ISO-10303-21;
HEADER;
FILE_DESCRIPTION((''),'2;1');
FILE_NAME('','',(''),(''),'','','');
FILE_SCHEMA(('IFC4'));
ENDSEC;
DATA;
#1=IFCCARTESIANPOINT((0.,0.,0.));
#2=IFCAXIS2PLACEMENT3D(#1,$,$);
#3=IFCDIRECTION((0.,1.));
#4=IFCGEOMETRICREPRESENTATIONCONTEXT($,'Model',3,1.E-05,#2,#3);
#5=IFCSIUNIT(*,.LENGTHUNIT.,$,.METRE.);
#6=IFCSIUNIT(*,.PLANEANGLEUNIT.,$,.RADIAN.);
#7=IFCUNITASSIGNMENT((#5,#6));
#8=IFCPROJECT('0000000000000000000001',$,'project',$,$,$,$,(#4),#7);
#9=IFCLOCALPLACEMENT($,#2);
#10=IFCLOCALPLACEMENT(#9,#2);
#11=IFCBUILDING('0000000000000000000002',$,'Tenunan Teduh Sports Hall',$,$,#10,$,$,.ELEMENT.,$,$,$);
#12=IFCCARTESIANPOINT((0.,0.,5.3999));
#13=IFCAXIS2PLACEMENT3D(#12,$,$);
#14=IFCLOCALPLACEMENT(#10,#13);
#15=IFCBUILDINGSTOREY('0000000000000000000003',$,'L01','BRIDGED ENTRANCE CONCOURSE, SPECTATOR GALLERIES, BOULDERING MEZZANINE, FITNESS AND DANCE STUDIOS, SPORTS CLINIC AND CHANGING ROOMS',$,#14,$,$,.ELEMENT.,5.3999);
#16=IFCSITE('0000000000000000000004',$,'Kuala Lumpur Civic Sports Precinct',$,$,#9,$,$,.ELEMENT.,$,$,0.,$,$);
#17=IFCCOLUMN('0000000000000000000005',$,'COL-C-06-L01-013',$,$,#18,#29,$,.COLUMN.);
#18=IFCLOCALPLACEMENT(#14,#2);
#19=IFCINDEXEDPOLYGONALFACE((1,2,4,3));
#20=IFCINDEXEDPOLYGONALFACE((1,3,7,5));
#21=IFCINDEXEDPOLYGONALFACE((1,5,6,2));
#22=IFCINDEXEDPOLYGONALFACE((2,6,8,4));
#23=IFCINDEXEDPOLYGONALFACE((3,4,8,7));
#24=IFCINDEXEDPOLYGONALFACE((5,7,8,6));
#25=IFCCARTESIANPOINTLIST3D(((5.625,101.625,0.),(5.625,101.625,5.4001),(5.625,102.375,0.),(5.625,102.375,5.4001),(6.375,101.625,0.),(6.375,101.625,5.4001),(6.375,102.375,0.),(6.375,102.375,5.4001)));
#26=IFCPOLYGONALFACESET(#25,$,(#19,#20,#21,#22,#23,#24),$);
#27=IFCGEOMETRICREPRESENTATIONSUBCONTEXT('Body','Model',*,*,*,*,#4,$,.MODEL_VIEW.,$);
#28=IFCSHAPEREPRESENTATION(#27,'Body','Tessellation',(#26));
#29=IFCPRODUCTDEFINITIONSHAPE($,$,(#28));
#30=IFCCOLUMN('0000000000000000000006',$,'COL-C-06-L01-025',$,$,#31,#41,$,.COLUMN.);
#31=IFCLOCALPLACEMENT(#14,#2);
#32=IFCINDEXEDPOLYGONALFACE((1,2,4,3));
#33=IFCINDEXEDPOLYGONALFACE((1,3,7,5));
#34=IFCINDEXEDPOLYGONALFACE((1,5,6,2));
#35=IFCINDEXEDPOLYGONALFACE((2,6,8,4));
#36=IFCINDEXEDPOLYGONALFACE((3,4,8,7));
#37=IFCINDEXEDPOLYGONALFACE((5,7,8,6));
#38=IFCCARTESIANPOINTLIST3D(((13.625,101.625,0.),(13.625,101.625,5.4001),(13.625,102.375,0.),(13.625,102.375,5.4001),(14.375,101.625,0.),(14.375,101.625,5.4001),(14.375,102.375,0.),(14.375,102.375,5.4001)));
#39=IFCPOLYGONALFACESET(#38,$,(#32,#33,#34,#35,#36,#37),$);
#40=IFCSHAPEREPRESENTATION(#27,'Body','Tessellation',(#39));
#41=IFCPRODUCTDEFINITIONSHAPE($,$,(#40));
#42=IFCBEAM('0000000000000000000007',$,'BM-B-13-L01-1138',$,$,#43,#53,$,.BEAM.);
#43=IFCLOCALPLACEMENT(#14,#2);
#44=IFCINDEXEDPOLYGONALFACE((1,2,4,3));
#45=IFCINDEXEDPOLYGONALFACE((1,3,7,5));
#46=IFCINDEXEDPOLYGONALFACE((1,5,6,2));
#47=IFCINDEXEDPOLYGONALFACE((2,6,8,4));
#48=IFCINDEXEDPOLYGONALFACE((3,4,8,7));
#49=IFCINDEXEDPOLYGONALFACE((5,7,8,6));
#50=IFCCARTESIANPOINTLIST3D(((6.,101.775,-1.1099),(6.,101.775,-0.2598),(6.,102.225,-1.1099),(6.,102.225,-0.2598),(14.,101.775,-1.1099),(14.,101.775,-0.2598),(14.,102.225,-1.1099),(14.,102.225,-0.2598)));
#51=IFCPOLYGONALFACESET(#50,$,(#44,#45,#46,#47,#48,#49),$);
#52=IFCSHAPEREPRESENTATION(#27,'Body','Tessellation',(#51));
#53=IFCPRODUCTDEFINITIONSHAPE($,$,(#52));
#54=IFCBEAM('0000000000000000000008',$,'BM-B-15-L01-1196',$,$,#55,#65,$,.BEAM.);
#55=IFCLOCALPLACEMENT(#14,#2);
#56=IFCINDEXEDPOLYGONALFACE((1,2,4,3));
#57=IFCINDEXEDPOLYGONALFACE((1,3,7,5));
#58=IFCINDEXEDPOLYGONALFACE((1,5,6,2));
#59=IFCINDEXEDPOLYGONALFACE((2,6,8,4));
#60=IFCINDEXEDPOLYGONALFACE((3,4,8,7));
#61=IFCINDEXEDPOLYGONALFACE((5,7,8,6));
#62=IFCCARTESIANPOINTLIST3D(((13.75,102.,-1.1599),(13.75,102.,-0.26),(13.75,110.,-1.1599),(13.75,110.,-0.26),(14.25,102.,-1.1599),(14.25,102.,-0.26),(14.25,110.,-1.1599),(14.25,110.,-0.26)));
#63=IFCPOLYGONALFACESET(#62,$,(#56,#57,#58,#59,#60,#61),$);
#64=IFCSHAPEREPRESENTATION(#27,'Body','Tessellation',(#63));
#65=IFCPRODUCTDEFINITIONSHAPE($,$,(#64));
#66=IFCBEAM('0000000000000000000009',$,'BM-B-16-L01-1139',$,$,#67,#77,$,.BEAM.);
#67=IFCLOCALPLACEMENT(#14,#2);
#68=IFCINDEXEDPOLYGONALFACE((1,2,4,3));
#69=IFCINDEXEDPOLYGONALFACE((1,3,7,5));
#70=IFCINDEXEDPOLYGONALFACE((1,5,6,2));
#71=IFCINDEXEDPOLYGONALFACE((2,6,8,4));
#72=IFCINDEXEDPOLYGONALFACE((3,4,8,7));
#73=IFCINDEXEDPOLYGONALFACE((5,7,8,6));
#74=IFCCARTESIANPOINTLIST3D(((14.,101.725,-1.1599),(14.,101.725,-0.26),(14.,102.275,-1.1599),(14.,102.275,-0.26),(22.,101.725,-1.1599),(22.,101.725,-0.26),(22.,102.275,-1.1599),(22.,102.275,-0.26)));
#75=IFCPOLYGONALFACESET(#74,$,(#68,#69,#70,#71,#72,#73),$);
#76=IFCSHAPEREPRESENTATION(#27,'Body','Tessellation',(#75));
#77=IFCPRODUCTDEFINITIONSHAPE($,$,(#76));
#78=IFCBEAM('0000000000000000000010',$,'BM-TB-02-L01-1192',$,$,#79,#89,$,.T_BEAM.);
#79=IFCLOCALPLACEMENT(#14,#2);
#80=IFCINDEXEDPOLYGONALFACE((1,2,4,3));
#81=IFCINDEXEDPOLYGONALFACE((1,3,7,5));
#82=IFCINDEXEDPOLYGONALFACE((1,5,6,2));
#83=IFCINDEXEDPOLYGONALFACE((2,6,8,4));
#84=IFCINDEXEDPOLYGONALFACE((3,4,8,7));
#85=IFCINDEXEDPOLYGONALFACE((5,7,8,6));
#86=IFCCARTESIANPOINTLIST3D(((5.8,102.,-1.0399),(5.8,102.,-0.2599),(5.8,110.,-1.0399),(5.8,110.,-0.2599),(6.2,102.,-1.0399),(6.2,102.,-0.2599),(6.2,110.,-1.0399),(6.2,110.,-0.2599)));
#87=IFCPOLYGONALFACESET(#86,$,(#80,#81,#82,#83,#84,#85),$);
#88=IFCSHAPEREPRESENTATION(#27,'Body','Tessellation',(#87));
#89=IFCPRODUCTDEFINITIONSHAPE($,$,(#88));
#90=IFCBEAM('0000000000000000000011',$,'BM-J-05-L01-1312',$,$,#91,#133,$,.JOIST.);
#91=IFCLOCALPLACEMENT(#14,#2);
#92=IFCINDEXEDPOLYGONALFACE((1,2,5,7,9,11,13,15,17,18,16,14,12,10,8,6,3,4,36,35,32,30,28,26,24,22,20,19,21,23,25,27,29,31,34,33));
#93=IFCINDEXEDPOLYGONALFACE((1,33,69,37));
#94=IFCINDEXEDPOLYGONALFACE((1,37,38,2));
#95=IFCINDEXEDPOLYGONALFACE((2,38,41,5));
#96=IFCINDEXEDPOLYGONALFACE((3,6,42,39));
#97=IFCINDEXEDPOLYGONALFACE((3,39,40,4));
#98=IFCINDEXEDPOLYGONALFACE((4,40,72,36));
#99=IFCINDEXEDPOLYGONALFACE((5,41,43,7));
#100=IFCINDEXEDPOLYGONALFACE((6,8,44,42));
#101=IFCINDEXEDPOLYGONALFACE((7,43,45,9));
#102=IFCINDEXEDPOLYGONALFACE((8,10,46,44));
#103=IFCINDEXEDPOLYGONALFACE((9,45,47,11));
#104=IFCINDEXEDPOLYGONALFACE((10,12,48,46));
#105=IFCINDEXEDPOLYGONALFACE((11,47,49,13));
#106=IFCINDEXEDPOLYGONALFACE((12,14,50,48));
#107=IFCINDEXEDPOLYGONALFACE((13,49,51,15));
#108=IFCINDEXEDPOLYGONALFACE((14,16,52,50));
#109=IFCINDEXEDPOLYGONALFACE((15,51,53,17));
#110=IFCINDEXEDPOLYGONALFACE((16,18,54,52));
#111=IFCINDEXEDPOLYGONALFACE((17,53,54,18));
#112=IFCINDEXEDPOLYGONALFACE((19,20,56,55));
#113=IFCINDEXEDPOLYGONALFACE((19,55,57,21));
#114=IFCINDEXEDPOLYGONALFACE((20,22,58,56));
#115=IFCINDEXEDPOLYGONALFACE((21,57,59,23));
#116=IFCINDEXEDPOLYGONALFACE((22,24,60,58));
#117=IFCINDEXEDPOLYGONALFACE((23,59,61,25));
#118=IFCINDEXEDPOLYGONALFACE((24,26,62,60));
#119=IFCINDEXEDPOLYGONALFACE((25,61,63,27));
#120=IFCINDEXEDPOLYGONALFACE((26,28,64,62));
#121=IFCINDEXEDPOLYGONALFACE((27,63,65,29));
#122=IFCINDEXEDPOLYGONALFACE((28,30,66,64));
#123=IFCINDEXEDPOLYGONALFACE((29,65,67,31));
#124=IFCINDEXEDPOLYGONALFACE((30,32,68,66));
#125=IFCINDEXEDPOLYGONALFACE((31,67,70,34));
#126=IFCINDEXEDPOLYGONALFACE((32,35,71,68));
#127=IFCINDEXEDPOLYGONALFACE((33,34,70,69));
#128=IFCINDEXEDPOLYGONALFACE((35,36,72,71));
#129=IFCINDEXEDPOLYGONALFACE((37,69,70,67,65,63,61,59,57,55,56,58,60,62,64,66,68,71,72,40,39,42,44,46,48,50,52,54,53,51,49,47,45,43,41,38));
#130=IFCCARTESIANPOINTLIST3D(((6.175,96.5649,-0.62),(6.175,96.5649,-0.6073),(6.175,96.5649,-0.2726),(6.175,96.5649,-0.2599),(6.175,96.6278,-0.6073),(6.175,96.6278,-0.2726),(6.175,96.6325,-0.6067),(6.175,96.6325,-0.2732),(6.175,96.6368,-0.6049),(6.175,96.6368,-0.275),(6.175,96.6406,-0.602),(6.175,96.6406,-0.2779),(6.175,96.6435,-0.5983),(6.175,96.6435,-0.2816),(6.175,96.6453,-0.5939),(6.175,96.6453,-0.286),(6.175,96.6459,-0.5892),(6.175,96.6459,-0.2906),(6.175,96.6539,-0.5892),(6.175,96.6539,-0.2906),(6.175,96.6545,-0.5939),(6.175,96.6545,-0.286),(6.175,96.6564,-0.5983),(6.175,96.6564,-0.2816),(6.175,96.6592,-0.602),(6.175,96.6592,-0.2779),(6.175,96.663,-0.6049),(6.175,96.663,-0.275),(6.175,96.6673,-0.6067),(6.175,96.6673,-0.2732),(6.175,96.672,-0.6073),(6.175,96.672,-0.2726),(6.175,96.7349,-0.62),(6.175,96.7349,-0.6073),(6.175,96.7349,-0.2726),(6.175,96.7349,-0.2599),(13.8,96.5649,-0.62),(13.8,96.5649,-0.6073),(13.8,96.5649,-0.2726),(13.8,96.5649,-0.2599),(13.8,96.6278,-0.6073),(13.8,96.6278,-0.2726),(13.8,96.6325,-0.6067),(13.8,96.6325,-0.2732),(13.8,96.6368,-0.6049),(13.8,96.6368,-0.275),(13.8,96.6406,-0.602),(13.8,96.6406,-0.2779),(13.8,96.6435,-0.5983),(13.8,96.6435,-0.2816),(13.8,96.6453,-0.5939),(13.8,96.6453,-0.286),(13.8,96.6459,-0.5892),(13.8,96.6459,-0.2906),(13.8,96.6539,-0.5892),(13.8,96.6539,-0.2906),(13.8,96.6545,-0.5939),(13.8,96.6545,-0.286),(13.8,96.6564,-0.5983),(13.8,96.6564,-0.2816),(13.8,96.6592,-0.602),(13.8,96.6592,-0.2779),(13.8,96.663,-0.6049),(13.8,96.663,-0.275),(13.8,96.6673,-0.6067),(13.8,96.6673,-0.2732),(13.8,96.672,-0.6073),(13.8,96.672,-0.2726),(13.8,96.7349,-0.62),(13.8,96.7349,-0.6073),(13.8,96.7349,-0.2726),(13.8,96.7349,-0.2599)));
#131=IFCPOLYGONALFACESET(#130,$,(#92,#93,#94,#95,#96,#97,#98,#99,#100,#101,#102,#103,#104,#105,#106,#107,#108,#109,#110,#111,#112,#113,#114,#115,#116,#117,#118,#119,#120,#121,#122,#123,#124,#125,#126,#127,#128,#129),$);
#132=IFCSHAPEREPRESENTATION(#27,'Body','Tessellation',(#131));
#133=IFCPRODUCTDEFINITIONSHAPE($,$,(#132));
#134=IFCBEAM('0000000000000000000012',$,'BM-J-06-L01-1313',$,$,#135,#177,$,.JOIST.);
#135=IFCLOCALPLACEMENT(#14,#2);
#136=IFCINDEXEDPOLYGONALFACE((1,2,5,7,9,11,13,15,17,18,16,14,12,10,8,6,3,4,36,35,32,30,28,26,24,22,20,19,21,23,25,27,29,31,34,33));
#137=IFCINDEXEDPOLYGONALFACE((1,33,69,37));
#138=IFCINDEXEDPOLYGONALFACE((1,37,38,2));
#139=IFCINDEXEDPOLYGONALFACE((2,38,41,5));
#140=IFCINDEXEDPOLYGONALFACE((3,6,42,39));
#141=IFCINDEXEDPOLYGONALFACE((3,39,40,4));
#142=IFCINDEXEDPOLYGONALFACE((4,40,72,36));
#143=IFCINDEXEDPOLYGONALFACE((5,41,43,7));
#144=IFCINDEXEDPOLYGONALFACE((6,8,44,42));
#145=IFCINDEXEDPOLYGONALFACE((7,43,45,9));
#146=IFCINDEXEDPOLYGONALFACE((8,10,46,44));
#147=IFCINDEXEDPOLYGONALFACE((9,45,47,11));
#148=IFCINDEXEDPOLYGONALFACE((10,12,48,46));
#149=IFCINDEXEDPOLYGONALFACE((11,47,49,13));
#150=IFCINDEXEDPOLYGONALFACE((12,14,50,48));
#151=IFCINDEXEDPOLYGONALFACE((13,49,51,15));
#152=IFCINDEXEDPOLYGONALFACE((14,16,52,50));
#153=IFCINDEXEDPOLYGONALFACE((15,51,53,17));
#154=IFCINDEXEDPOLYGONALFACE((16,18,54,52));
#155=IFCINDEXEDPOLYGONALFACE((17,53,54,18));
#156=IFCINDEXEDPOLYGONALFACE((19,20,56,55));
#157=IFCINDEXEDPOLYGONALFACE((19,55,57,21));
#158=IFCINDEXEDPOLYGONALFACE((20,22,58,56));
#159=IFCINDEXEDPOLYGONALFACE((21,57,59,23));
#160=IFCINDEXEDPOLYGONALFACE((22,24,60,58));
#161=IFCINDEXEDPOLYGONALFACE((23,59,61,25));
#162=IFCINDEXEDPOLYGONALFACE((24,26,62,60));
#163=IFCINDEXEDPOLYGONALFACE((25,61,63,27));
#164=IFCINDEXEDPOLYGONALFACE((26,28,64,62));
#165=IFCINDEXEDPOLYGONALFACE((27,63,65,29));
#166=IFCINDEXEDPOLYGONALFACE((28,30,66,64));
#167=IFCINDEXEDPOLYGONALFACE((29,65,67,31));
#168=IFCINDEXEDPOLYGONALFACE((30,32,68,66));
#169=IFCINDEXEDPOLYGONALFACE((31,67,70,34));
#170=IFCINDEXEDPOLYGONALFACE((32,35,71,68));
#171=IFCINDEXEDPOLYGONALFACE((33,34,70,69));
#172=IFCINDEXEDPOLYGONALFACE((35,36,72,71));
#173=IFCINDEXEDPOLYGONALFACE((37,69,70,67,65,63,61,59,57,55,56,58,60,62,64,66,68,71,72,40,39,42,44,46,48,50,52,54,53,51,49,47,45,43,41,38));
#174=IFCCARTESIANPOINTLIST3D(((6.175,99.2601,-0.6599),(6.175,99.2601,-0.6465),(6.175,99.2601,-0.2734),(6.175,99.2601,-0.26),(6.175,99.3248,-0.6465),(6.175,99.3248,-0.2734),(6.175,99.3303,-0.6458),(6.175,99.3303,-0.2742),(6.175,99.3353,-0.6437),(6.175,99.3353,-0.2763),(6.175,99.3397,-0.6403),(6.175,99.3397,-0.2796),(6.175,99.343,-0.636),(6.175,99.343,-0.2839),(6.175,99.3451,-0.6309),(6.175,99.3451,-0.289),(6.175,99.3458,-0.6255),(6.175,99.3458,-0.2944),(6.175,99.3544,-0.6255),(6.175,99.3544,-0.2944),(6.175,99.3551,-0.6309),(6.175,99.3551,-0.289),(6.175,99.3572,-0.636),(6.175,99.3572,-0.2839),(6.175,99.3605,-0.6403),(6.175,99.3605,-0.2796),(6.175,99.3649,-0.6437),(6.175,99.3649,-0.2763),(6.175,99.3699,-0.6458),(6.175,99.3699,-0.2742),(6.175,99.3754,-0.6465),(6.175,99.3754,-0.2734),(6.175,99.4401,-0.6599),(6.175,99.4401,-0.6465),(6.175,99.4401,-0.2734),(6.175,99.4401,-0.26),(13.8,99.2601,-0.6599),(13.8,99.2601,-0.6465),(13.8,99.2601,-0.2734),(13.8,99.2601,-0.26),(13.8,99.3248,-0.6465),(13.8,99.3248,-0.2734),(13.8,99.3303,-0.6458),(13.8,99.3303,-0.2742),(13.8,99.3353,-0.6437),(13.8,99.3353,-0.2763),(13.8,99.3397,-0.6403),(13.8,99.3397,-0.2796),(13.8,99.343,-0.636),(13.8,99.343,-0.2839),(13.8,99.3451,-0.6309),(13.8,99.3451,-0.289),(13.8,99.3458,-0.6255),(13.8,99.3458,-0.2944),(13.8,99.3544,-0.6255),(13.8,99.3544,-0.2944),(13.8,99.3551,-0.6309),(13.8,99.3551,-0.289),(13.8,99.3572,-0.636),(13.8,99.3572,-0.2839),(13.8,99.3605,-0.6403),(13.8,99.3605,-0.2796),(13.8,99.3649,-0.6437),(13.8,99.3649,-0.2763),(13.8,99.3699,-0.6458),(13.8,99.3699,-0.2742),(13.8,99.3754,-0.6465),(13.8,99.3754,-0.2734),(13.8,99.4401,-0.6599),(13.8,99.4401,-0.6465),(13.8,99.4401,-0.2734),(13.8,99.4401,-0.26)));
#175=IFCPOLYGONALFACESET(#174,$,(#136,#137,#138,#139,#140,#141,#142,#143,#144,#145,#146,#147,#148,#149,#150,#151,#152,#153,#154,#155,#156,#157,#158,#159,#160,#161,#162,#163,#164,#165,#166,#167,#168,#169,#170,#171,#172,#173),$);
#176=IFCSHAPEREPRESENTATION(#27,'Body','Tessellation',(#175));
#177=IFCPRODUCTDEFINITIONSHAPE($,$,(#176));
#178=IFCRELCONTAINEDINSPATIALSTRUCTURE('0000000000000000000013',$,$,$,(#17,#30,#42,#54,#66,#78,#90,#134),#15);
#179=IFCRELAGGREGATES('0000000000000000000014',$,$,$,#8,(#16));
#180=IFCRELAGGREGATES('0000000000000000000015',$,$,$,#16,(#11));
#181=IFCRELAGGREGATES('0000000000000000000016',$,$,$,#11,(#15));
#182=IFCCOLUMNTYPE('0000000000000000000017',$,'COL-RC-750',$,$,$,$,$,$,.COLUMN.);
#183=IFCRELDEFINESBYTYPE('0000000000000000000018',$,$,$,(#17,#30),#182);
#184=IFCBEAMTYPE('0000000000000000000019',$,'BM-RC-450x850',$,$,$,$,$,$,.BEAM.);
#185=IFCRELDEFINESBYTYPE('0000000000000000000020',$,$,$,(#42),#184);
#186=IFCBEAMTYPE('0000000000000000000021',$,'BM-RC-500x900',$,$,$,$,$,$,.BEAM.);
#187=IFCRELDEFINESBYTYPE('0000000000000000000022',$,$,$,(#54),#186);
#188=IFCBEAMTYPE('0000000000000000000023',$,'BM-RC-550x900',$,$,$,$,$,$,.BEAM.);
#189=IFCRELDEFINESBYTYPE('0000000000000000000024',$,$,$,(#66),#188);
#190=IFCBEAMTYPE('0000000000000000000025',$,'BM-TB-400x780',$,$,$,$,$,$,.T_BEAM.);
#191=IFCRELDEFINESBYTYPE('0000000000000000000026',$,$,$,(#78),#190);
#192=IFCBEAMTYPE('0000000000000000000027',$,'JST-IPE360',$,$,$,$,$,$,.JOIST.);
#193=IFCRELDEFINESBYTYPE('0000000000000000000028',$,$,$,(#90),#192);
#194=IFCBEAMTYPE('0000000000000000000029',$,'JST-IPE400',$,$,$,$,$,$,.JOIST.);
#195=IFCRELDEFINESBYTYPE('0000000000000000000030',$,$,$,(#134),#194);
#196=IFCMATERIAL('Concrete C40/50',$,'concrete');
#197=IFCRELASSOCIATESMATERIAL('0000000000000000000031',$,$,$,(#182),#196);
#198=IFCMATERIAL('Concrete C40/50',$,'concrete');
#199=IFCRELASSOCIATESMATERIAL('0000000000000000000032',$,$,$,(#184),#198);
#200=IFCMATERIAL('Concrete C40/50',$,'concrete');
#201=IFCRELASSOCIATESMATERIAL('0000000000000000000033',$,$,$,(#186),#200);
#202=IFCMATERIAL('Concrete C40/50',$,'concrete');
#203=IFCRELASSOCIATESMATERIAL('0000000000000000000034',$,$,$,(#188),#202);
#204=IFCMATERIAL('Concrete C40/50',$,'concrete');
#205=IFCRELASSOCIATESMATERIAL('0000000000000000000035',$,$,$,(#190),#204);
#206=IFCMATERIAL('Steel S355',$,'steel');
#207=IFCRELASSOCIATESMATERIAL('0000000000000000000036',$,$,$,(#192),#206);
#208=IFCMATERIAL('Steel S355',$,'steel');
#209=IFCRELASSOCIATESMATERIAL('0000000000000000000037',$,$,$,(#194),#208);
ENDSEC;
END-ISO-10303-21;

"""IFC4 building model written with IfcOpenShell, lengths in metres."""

from ifc_helpers import new_model, si_unit, direction, frame, origin, origin_2d, place, context, subcontext, project, spatial, rectangle, i_section, extrude, material, material_profile, profile_set, type_object, element, save


model = new_model("IFC4")

# Units and contexts
model_context = context("Model", 3, precision=1e-05, world=origin(), true_north=direction((0.0, 1.0)))
body_context = subcontext(model_context, "Body", "Model", "MODEL_VIEW")
ifc_project = project(units=[si_unit("LENGTHUNIT", "METRE"), si_unit("PLANEANGLEUNIT", "RADIAN")], contexts=[model_context])

# Site, building, storey
site_placement = place(None, origin())
site = spatial("IfcSite", under=ifc_project, at=site_placement, Name="Kuala Lumpur Civic Sports Precinct", CompositionType="ELEMENT", RefElevation=0.0)
building_placement = place(site_placement, origin())
building = spatial("IfcBuilding", under=site, at=building_placement, Name="Tenunan Teduh Sports Hall", CompositionType="ELEMENT")
storey_placement = place(building_placement, frame((0.0, 0.0, 5.3999)))
storey = spatial("IfcBuildingStorey", under=building, at=storey_placement, Name="L01", Description="BRIDGED ENTRANCE CONCOURSE, SPECTATOR GALLERIES, BOULDERING MEZZANINE, FITNESS AND DANCE STUDIOS, SPORTS CLINIC AND CHANGING ROOMS", CompositionType="ELEMENT", Elevation=5.3999)

# Columns
ifc_material_1 = material(Name="Concrete C40/50", Category="concrete")
ifc_material_profile_1 = material_profile(ifc_material_1, rectangle(XDim=0.75, YDim=0.75, at=origin_2d()), Name="RC 750x750")
ifc_profile_set_1 = profile_set([ifc_material_profile_1], Name="Concrete C40/50")
column_type = type_object("IfcColumnType", Name="COL-RC-750", PredefinedType="COLUMN", material=ifc_profile_set_1)
for number, where, z_axis, x_axis, name in (
    (1, (6.0, 102.0, 0.0), (0.0, 0.0, 1.0), (1.0, 0.0, 0.0), "COL-C-06-L01-013"),
    (2, (14.0, 102.0, 0.0), (0.0, 0.0, 1.0), (1.0, 0.0, 0.0), "COL-C-06-L01-025"),
):
    element("IfcColumn", number, at=place(storey_placement, frame(where, z_axis=z_axis, x_axis=x_axis)), inside=storey, type_object=column_type, Name=name, PredefinedType="COLUMN", context=body_context, shape_type="SweptSolid", body=[
        extrude(rectangle(XDim=0.75, YDim=0.75, at=origin_2d()), origin(), (0.0, 0.0, 1.0), 5.4001),
    ])

# Beams
ifc_material_2 = material(Name="Concrete C40/50", Category="concrete")
ifc_material_profile_2 = material_profile(ifc_material_2, rectangle(XDim=0.45, YDim=0.8501, at=origin_2d()), Name="RCB 450x850")
ifc_profile_set_2 = profile_set([ifc_material_profile_2], Name="Concrete C40/50")
beam_type_1 = type_object("IfcBeamType", Name="BM-RC-450x850", PredefinedType="BEAM", material=ifc_profile_set_2)
beam_1_placement = place(storey_placement, frame((6.0, 102.0, -0.6848), z_axis=(1.0, 0.0, 0.0), x_axis=(0.0, 1.0, 0.0)))
element("IfcBeam", 3, at=beam_1_placement, inside=storey, type_object=beam_type_1, Name="BM-B-13-L01-1138", PredefinedType="BEAM", context=body_context, shape_type="SweptSolid", body=[
    extrude(rectangle(XDim=0.45, YDim=0.8501, at=origin_2d()), origin(), (0.0, 0.0, 1.0), 8.0),
])
ifc_material_3 = material(Name="Concrete C40/50", Category="concrete")
ifc_material_profile_3 = material_profile(ifc_material_3, rectangle(XDim=0.5, YDim=0.8999, at=origin_2d()), Name="RCB 500x900")
ifc_profile_set_3 = profile_set([ifc_material_profile_3], Name="Concrete C40/50")
beam_type_2 = type_object("IfcBeamType", Name="BM-RC-500x900", PredefinedType="BEAM", material=ifc_profile_set_3)
beam_2_placement = place(storey_placement, frame((14.0, 102.0, -0.71), z_axis=(0.0, 1.0, 0.0), x_axis=(-1.0, 0.0, 0.0)))
element("IfcBeam", 4, at=beam_2_placement, inside=storey, type_object=beam_type_2, Name="BM-B-15-L01-1196", PredefinedType="BEAM", context=body_context, shape_type="SweptSolid", body=[
    extrude(rectangle(XDim=0.5, YDim=0.8999, at=origin_2d()), origin(), (0.0, 0.0, 1.0), 8.0),
])
ifc_material_4 = material(Name="Concrete C40/50", Category="concrete")
ifc_material_profile_4 = material_profile(ifc_material_4, rectangle(XDim=0.55, YDim=0.8999, at=origin_2d()), Name="RCB 550x900")
ifc_profile_set_4 = profile_set([ifc_material_profile_4], Name="Concrete C40/50")
beam_type_3 = type_object("IfcBeamType", Name="BM-RC-550x900", PredefinedType="BEAM", material=ifc_profile_set_4)
beam_3_placement = place(storey_placement, frame((14.0, 102.0, -0.71), z_axis=(1.0, 0.0, 0.0), x_axis=(0.0, 1.0, 0.0)))
element("IfcBeam", 5, at=beam_3_placement, inside=storey, type_object=beam_type_3, Name="BM-B-16-L01-1139", PredefinedType="BEAM", context=body_context, shape_type="SweptSolid", body=[
    extrude(rectangle(XDim=0.55, YDim=0.8999, at=origin_2d()), origin(), (0.0, 0.0, 1.0), 8.0),
])
ifc_material_5 = material(Name="Concrete C40/50", Category="concrete")
ifc_material_profile_5 = material_profile(ifc_material_5, rectangle(XDim=0.3999, YDim=0.78, at=origin_2d()), Name="TB 400x780")
ifc_profile_set_5 = profile_set([ifc_material_profile_5], Name="Concrete C40/50")
beam_type_4 = type_object("IfcBeamType", Name="BM-TB-400x780", PredefinedType="T_BEAM", material=ifc_profile_set_5)
beam_4_placement = place(storey_placement, frame((6.0, 102.0, -0.6499), z_axis=(0.0, 1.0, 0.0), x_axis=(-1.0, 0.0, 0.0)))
element("IfcBeam", 6, at=beam_4_placement, inside=storey, type_object=beam_type_4, Name="BM-TB-02-L01-1192", PredefinedType="T_BEAM", context=body_context, shape_type="SweptSolid", body=[
    extrude(rectangle(XDim=0.3999, YDim=0.78, at=origin_2d()), origin(), (0.0, 0.0, 1.0), 8.0),
])
ifc_material_6 = material(Name="Steel S355", Category="steel")
ifc_material_profile_6 = material_profile(ifc_material_6, i_section(OverallWidth=0.1699, OverallDepth=0.3601, WebThickness=0.0081, FlangeThickness=0.0127, FilletRadius=0.0181, at=origin_2d()), Name="IPE 360")
ifc_profile_set_6 = profile_set([ifc_material_profile_6], Name="Steel S355")
beam_type_5 = type_object("IfcBeamType", Name="JST-IPE360", PredefinedType="JOIST", material=ifc_profile_set_6)
beam_5_placement = place(storey_placement, frame((6.175, 96.6499, -0.4399), z_axis=(1.0, 0.0, 0.0), x_axis=(0.0, 1.0, 0.0)))
element("IfcBeam", 7, at=beam_5_placement, inside=storey, type_object=beam_type_5, Name="BM-J-05-L01-1312", PredefinedType="JOIST", context=body_context, shape_type="SweptSolid", body=[
    extrude(i_section(OverallWidth=0.1699, OverallDepth=0.3601, WebThickness=0.0081, FlangeThickness=0.0127, FilletRadius=0.0181, at=origin_2d()), origin(), (0.0, 0.0, 1.0), 7.625),
])
ifc_material_7 = material(Name="Steel S355", Category="steel")
ifc_material_profile_7 = material_profile(ifc_material_7, i_section(OverallWidth=0.1799, OverallDepth=0.3999, WebThickness=0.0085, FlangeThickness=0.0134, FilletRadius=0.021, at=origin_2d()), Name="IPE 400")
ifc_profile_set_7 = profile_set([ifc_material_profile_7], Name="Steel S355")
beam_type_6 = type_object("IfcBeamType", Name="JST-IPE400", PredefinedType="JOIST", material=ifc_profile_set_7)
beam_6_placement = place(storey_placement, frame((6.175, 99.3501, -0.46), z_axis=(1.0, 0.0, 0.0), x_axis=(0.0, 1.0, 0.0)))
element("IfcBeam", 8, at=beam_6_placement, inside=storey, type_object=beam_type_6, Name="BM-J-06-L01-1313", PredefinedType="JOIST", context=body_context, shape_type="SweptSolid", body=[
    extrude(i_section(OverallWidth=0.1799, OverallDepth=0.3999, WebThickness=0.0085, FlangeThickness=0.0134, FilletRadius=0.021, at=origin_2d()), origin(), (0.0, 0.0, 1.0), 7.625),
])

save(model, "model.ifc")
